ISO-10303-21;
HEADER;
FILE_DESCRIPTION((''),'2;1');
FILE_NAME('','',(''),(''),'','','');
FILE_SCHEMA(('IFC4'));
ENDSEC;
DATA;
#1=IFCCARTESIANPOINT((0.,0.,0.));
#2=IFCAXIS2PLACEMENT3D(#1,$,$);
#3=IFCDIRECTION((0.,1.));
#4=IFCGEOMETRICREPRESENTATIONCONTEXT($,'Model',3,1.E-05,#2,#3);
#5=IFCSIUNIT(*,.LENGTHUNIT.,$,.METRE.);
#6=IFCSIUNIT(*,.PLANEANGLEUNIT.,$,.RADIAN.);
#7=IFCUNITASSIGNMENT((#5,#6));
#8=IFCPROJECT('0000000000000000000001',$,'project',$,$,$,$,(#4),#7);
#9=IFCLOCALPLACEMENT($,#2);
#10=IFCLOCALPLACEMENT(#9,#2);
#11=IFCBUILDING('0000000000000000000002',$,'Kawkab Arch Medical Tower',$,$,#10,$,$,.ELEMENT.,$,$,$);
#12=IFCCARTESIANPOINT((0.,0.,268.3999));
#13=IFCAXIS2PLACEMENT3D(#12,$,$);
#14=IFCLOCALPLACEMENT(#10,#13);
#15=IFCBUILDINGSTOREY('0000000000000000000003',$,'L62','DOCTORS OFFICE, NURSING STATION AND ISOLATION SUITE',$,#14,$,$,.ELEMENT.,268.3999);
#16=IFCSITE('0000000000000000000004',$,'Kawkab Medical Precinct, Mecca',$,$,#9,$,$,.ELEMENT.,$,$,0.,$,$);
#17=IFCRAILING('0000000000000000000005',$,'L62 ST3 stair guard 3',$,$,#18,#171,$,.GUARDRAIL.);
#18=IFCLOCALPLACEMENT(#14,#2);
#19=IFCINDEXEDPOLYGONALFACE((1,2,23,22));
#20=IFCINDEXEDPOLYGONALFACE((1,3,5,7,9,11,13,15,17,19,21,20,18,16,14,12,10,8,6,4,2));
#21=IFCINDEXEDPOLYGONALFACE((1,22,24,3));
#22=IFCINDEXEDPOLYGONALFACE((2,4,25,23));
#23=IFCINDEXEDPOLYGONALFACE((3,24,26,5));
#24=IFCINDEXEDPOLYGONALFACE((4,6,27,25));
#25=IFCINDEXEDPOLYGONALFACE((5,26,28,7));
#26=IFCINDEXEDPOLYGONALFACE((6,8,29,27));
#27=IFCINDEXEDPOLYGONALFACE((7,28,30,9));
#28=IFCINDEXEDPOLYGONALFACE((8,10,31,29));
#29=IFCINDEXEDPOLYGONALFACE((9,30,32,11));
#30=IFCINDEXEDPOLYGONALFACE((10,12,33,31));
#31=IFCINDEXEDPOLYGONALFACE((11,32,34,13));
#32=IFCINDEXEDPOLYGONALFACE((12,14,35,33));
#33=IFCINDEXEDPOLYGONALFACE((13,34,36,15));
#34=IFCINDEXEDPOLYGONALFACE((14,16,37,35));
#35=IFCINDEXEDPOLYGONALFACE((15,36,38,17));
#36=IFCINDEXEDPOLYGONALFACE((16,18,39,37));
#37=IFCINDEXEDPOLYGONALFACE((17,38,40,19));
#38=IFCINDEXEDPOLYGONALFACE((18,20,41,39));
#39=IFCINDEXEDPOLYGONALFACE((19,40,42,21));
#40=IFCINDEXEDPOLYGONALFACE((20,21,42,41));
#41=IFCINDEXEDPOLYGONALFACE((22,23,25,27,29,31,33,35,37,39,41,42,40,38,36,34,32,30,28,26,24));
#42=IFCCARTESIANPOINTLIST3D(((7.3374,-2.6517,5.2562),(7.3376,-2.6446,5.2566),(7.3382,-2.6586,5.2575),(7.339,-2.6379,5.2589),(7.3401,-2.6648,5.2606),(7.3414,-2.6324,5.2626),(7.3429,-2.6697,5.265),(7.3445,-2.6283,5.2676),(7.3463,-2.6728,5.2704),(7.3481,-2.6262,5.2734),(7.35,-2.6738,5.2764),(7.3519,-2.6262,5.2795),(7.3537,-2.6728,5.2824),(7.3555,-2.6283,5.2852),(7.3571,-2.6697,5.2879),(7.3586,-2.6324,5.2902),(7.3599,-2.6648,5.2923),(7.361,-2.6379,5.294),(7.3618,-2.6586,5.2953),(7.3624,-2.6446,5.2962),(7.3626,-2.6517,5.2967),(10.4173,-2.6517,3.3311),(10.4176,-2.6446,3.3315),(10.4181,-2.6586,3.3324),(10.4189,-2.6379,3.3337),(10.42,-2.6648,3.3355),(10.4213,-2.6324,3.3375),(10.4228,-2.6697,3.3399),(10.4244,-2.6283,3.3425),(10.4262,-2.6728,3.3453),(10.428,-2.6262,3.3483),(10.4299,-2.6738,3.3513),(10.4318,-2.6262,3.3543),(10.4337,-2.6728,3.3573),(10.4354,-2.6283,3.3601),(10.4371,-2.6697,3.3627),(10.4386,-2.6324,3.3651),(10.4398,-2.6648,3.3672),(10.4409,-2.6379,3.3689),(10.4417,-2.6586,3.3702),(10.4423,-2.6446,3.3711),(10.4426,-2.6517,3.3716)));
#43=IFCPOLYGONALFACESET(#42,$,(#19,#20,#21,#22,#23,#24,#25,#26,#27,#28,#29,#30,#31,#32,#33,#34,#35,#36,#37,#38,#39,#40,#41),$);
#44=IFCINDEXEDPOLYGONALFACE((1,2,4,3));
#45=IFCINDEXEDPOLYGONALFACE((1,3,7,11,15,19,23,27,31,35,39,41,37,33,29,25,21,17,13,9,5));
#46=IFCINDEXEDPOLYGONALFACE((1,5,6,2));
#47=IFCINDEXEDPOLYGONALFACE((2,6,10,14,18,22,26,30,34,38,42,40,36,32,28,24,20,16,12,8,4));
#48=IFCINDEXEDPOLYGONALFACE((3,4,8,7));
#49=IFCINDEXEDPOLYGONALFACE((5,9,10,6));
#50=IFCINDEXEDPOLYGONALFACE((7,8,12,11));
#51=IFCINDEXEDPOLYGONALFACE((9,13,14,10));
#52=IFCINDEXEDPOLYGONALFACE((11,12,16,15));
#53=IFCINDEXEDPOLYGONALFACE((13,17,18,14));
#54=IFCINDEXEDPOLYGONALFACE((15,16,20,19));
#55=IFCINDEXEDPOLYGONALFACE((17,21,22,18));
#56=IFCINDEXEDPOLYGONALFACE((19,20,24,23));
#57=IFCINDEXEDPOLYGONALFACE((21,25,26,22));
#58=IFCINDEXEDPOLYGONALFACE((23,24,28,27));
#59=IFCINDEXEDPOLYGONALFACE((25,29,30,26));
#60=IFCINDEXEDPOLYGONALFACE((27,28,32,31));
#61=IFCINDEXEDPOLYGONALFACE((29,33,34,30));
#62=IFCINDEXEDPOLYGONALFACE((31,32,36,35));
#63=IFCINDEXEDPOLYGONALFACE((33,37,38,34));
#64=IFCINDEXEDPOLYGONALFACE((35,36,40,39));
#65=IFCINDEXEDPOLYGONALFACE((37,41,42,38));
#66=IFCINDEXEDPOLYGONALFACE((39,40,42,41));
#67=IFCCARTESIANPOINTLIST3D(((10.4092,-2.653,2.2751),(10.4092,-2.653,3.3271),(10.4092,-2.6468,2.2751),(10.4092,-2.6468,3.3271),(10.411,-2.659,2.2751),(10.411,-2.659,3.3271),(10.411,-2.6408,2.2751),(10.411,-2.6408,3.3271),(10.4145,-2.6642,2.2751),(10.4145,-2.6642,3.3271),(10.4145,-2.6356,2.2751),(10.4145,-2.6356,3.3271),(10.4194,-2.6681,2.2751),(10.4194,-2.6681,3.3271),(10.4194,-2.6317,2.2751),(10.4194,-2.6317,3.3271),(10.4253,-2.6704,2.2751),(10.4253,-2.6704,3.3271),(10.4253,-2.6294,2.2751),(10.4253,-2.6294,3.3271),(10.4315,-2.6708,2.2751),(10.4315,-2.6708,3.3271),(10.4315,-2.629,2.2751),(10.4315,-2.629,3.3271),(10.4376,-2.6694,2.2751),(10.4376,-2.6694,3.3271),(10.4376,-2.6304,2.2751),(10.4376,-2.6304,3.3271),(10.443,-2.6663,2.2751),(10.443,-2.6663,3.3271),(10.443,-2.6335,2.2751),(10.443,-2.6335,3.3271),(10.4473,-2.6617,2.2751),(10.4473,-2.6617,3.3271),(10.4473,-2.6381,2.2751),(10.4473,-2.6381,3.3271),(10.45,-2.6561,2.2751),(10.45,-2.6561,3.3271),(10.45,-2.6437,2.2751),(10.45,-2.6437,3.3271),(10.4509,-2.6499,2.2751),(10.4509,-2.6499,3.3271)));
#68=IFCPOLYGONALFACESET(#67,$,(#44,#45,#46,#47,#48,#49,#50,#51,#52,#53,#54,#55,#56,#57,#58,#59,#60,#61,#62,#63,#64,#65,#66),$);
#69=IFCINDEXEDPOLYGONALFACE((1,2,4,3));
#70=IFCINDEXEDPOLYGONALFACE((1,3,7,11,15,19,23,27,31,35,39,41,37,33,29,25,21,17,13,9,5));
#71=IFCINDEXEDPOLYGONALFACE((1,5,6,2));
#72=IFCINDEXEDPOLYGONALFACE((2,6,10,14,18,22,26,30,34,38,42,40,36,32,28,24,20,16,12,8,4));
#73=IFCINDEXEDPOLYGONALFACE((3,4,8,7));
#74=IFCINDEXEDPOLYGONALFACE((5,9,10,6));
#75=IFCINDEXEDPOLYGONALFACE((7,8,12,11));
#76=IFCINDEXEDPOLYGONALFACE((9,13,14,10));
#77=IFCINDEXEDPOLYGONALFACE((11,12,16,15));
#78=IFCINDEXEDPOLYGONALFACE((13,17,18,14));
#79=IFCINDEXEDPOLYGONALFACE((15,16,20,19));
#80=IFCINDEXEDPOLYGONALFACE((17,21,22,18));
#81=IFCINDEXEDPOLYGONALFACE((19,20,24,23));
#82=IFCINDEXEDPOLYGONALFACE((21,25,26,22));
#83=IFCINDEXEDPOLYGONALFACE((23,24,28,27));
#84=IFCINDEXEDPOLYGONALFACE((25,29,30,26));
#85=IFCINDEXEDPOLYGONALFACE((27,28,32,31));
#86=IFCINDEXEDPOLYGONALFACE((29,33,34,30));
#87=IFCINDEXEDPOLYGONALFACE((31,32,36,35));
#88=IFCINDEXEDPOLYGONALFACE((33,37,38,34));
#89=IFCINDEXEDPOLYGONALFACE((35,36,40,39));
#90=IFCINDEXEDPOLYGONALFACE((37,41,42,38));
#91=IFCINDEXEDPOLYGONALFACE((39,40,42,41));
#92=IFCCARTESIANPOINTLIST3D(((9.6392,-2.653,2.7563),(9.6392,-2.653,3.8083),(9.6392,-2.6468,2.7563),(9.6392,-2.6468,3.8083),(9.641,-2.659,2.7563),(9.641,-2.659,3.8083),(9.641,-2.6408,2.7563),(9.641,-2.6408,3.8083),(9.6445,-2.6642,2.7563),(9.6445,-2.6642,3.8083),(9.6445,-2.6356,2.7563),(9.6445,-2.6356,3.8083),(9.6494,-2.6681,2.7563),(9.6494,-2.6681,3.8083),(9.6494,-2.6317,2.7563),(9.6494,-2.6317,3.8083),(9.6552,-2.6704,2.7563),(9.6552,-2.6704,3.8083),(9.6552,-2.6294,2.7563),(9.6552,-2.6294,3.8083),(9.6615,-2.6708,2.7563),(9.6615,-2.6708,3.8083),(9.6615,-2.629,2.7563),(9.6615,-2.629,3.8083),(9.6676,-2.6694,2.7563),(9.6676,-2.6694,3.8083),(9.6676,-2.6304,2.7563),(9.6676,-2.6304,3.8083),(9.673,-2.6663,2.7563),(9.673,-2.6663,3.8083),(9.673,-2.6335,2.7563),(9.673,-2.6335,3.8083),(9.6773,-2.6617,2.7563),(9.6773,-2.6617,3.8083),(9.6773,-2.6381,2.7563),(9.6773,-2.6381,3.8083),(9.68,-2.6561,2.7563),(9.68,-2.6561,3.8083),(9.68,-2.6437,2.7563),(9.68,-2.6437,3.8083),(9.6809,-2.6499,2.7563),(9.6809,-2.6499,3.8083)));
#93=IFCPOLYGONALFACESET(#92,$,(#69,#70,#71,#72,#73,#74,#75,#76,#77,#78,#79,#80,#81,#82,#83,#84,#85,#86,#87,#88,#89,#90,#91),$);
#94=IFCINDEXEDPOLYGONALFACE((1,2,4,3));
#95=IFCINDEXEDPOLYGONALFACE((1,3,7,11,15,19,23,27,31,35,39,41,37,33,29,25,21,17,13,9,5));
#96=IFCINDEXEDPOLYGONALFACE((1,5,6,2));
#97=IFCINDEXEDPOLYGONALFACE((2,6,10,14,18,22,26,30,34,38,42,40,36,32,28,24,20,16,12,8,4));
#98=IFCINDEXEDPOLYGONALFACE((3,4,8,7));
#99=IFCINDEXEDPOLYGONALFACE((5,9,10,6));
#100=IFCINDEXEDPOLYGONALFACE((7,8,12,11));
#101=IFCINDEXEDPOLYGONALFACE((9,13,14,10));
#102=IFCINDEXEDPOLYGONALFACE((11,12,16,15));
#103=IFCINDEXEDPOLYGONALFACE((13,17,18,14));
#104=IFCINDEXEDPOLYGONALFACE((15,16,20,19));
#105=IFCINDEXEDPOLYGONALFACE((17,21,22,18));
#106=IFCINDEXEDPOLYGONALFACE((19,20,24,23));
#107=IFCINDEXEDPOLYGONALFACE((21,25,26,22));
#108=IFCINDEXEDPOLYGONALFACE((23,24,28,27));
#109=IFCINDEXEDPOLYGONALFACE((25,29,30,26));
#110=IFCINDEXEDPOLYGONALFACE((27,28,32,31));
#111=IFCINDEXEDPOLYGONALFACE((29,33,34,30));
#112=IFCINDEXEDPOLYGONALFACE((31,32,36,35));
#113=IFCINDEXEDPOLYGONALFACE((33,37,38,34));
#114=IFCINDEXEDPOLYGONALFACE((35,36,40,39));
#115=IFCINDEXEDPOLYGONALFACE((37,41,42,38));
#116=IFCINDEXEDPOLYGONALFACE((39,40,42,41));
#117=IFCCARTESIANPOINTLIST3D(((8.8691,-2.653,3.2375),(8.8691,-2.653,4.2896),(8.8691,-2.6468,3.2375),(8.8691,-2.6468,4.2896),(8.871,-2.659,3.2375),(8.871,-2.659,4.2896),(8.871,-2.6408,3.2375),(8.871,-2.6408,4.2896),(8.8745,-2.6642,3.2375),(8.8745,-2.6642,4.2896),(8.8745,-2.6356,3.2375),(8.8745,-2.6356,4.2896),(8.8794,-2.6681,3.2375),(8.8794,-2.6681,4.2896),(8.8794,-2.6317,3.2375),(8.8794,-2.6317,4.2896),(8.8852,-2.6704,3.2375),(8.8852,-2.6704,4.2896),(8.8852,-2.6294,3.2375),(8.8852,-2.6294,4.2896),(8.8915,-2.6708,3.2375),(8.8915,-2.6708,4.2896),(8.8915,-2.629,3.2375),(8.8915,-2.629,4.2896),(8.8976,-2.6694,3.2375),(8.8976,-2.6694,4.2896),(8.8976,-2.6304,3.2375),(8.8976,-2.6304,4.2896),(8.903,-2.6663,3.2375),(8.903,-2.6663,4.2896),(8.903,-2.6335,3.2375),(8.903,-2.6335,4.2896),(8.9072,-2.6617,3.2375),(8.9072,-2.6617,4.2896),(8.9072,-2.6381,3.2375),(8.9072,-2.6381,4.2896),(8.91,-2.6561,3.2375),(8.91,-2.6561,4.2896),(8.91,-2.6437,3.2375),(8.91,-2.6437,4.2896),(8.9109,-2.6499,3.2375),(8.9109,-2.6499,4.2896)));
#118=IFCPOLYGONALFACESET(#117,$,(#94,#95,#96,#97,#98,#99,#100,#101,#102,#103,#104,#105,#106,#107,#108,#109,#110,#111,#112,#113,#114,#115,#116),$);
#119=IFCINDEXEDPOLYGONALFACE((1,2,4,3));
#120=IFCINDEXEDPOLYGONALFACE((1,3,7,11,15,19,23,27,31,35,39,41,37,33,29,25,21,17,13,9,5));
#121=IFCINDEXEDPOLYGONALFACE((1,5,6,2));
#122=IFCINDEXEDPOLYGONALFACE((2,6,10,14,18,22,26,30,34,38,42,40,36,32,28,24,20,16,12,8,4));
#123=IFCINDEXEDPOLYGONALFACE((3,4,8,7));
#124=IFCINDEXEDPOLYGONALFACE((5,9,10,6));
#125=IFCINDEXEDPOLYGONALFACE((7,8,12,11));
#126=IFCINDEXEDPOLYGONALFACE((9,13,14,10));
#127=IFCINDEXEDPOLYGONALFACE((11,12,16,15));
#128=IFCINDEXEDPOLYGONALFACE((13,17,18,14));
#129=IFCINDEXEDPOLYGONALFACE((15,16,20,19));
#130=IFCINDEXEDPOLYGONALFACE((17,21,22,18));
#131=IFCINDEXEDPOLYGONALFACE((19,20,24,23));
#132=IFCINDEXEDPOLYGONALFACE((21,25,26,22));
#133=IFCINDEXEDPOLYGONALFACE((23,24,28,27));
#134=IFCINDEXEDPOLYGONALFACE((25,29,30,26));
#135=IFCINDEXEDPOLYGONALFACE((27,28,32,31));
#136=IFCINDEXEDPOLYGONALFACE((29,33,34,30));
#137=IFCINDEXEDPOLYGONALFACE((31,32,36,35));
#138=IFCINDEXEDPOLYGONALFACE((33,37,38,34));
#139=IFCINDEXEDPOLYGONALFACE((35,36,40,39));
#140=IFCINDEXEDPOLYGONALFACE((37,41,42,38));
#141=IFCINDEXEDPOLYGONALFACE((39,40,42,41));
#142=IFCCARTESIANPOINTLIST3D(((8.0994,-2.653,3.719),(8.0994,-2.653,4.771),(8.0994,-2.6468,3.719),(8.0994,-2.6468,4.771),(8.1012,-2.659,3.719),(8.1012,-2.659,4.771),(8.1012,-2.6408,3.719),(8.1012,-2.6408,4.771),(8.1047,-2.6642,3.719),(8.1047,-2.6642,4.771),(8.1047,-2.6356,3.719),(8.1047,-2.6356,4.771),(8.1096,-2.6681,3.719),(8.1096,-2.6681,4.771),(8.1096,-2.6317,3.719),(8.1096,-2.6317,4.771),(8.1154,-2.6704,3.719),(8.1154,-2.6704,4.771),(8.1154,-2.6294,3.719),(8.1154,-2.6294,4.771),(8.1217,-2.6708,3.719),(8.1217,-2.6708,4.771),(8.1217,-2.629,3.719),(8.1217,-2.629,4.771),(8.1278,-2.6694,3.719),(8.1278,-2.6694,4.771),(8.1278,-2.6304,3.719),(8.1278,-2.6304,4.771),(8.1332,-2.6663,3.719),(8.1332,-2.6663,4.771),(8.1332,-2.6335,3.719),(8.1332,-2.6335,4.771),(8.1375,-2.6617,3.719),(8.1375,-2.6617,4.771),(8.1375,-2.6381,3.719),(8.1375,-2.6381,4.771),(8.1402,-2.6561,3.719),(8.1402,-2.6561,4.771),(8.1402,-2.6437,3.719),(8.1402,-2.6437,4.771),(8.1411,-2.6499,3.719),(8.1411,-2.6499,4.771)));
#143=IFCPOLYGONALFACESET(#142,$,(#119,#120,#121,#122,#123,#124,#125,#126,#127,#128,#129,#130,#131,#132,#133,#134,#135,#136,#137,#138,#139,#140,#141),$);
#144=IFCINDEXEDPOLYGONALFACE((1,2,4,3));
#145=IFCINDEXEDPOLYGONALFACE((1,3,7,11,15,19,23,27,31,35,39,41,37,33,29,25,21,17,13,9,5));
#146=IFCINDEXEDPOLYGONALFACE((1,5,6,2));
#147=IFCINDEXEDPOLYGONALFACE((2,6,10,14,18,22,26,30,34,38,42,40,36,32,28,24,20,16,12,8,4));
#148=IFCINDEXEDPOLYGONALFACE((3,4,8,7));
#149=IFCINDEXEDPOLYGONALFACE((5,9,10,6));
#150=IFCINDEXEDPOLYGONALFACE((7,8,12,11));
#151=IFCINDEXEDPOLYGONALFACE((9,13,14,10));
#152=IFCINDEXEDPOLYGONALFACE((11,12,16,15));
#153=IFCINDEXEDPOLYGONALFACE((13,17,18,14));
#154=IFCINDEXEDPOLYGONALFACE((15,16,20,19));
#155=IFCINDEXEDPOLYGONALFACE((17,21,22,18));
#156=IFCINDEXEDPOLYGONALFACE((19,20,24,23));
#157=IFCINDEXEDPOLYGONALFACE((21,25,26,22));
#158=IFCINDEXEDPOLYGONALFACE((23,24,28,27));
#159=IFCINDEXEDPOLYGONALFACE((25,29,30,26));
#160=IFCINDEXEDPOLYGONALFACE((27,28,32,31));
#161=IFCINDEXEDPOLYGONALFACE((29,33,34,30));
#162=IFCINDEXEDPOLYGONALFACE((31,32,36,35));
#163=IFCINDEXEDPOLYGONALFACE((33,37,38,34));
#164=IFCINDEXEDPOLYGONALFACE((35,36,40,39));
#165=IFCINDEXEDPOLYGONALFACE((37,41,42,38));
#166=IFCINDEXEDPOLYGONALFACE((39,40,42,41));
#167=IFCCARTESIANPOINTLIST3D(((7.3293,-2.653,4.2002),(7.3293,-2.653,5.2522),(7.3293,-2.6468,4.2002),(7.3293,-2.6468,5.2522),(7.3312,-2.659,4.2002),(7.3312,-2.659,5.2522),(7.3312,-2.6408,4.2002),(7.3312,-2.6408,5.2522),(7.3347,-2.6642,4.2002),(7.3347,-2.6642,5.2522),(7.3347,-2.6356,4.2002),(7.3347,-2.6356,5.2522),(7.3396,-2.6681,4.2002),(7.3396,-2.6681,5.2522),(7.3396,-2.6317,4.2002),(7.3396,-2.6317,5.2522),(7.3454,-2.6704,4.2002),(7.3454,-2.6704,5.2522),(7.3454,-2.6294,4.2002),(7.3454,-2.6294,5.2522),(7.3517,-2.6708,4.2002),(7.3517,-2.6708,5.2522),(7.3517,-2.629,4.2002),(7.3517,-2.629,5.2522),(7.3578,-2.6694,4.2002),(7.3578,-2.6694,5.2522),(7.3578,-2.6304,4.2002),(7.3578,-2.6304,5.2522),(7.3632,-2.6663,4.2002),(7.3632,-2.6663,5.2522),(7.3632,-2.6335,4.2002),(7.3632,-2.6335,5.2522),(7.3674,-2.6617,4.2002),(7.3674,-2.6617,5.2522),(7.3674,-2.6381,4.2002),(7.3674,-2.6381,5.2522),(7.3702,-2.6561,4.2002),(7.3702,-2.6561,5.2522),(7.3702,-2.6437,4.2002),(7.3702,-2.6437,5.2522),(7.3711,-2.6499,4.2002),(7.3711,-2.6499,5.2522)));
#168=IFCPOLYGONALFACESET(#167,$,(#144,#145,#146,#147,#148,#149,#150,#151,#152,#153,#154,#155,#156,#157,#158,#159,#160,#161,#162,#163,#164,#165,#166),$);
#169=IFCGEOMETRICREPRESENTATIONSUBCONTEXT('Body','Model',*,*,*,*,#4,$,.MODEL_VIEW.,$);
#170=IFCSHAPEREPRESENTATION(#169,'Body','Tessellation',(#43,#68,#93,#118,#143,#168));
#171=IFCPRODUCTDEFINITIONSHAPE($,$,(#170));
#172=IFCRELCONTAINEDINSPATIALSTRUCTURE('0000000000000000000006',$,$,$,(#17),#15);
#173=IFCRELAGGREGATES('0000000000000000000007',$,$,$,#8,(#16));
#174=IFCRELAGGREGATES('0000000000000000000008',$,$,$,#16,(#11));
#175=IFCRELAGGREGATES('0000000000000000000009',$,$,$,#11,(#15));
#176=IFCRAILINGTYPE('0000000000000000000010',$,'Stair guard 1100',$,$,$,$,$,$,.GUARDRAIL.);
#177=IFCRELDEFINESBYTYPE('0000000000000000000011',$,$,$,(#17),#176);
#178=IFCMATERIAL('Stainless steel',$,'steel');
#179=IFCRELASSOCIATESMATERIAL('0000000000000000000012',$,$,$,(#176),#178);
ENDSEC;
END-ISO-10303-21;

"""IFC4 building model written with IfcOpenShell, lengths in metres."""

from ifc_helpers import new_model, si_unit, direction, frame, origin, origin_2d, place, context, subcontext, project, spatial, circle, extrude, material, type_object, element, save


model = new_model("IFC4")

# Units and contexts
model_context = context("Model", 3, precision=1e-05, world=origin(), true_north=direction((0.0, 1.0)))
body_context = subcontext(model_context, "Body", "Model", "MODEL_VIEW")
ifc_project = project(units=[si_unit("LENGTHUNIT", "METRE"), si_unit("PLANEANGLEUNIT", "RADIAN")], contexts=[model_context])

# Site, building, storey
site_placement = place(None, origin())
site = spatial("IfcSite", under=ifc_project, at=site_placement, Name="Kawkab Medical Precinct, Mecca", CompositionType="ELEMENT", RefElevation=0.0)
building_placement = place(site_placement, origin())
building = spatial("IfcBuilding", under=site, at=building_placement, Name="Kawkab Arch Medical Tower", CompositionType="ELEMENT")
storey_placement = place(building_placement, frame((0.0, 0.0, 268.3999)))
storey = spatial("IfcBuildingStorey", under=building, at=storey_placement, Name="L62", Description="DOCTORS OFFICE, NURSING STATION AND ISOLATION SUITE", CompositionType="ELEMENT", Elevation=268.3999)

# Railing
ifc_material_1 = material(Name="Stainless steel", Category="steel")
railing_type_1 = type_object("IfcRailingType", Name="Stair guard 1100", PredefinedType="GUARDRAIL", material=ifc_material_1)
railing_1_placement = place(storey_placement, frame((10.4299, -2.6499, 2.2751)))
element("IfcRailing", 1, at=railing_1_placement, inside=storey, type_object=railing_type_1, Name="L62 ST3 stair guard 3", PredefinedType="GUARDRAIL", context=body_context, shape_type="SweptSolid", body=[
    extrude(circle(Radius=0.0239, at=origin_2d()), frame((0.0, 0.0, 1.0762), z_axis=(-0.847979, 0.0, 0.530029), x_axis=(0.0, -1.0, 0.0)), (0.0, 0.0, 1.0), 3.6321),
    extrude(circle(Radius=0.021, at=origin_2d()), origin(), (0.0, 0.0, 1.0), 1.052),
    extrude(circle(Radius=0.021, at=origin_2d()), frame((-0.77, 0.0, 0.4812)), (0.0, 0.0, 1.0), 1.052),
    extrude(circle(Radius=0.021, at=origin_2d()), frame((-1.54, 0.0, 0.9624)), (0.0, 0.0, 1.0), 1.052),
    extrude(circle(Radius=0.021, at=origin_2d()), frame((-2.3098, 0.0, 1.4438)), (0.0, 0.0, 1.0), 1.052),
    extrude(circle(Radius=0.021, at=origin_2d()), frame((-3.0798, 0.0, 1.925)), (0.0, 0.0, 1.0), 1.052),
])

save(model, "model.ifc")
